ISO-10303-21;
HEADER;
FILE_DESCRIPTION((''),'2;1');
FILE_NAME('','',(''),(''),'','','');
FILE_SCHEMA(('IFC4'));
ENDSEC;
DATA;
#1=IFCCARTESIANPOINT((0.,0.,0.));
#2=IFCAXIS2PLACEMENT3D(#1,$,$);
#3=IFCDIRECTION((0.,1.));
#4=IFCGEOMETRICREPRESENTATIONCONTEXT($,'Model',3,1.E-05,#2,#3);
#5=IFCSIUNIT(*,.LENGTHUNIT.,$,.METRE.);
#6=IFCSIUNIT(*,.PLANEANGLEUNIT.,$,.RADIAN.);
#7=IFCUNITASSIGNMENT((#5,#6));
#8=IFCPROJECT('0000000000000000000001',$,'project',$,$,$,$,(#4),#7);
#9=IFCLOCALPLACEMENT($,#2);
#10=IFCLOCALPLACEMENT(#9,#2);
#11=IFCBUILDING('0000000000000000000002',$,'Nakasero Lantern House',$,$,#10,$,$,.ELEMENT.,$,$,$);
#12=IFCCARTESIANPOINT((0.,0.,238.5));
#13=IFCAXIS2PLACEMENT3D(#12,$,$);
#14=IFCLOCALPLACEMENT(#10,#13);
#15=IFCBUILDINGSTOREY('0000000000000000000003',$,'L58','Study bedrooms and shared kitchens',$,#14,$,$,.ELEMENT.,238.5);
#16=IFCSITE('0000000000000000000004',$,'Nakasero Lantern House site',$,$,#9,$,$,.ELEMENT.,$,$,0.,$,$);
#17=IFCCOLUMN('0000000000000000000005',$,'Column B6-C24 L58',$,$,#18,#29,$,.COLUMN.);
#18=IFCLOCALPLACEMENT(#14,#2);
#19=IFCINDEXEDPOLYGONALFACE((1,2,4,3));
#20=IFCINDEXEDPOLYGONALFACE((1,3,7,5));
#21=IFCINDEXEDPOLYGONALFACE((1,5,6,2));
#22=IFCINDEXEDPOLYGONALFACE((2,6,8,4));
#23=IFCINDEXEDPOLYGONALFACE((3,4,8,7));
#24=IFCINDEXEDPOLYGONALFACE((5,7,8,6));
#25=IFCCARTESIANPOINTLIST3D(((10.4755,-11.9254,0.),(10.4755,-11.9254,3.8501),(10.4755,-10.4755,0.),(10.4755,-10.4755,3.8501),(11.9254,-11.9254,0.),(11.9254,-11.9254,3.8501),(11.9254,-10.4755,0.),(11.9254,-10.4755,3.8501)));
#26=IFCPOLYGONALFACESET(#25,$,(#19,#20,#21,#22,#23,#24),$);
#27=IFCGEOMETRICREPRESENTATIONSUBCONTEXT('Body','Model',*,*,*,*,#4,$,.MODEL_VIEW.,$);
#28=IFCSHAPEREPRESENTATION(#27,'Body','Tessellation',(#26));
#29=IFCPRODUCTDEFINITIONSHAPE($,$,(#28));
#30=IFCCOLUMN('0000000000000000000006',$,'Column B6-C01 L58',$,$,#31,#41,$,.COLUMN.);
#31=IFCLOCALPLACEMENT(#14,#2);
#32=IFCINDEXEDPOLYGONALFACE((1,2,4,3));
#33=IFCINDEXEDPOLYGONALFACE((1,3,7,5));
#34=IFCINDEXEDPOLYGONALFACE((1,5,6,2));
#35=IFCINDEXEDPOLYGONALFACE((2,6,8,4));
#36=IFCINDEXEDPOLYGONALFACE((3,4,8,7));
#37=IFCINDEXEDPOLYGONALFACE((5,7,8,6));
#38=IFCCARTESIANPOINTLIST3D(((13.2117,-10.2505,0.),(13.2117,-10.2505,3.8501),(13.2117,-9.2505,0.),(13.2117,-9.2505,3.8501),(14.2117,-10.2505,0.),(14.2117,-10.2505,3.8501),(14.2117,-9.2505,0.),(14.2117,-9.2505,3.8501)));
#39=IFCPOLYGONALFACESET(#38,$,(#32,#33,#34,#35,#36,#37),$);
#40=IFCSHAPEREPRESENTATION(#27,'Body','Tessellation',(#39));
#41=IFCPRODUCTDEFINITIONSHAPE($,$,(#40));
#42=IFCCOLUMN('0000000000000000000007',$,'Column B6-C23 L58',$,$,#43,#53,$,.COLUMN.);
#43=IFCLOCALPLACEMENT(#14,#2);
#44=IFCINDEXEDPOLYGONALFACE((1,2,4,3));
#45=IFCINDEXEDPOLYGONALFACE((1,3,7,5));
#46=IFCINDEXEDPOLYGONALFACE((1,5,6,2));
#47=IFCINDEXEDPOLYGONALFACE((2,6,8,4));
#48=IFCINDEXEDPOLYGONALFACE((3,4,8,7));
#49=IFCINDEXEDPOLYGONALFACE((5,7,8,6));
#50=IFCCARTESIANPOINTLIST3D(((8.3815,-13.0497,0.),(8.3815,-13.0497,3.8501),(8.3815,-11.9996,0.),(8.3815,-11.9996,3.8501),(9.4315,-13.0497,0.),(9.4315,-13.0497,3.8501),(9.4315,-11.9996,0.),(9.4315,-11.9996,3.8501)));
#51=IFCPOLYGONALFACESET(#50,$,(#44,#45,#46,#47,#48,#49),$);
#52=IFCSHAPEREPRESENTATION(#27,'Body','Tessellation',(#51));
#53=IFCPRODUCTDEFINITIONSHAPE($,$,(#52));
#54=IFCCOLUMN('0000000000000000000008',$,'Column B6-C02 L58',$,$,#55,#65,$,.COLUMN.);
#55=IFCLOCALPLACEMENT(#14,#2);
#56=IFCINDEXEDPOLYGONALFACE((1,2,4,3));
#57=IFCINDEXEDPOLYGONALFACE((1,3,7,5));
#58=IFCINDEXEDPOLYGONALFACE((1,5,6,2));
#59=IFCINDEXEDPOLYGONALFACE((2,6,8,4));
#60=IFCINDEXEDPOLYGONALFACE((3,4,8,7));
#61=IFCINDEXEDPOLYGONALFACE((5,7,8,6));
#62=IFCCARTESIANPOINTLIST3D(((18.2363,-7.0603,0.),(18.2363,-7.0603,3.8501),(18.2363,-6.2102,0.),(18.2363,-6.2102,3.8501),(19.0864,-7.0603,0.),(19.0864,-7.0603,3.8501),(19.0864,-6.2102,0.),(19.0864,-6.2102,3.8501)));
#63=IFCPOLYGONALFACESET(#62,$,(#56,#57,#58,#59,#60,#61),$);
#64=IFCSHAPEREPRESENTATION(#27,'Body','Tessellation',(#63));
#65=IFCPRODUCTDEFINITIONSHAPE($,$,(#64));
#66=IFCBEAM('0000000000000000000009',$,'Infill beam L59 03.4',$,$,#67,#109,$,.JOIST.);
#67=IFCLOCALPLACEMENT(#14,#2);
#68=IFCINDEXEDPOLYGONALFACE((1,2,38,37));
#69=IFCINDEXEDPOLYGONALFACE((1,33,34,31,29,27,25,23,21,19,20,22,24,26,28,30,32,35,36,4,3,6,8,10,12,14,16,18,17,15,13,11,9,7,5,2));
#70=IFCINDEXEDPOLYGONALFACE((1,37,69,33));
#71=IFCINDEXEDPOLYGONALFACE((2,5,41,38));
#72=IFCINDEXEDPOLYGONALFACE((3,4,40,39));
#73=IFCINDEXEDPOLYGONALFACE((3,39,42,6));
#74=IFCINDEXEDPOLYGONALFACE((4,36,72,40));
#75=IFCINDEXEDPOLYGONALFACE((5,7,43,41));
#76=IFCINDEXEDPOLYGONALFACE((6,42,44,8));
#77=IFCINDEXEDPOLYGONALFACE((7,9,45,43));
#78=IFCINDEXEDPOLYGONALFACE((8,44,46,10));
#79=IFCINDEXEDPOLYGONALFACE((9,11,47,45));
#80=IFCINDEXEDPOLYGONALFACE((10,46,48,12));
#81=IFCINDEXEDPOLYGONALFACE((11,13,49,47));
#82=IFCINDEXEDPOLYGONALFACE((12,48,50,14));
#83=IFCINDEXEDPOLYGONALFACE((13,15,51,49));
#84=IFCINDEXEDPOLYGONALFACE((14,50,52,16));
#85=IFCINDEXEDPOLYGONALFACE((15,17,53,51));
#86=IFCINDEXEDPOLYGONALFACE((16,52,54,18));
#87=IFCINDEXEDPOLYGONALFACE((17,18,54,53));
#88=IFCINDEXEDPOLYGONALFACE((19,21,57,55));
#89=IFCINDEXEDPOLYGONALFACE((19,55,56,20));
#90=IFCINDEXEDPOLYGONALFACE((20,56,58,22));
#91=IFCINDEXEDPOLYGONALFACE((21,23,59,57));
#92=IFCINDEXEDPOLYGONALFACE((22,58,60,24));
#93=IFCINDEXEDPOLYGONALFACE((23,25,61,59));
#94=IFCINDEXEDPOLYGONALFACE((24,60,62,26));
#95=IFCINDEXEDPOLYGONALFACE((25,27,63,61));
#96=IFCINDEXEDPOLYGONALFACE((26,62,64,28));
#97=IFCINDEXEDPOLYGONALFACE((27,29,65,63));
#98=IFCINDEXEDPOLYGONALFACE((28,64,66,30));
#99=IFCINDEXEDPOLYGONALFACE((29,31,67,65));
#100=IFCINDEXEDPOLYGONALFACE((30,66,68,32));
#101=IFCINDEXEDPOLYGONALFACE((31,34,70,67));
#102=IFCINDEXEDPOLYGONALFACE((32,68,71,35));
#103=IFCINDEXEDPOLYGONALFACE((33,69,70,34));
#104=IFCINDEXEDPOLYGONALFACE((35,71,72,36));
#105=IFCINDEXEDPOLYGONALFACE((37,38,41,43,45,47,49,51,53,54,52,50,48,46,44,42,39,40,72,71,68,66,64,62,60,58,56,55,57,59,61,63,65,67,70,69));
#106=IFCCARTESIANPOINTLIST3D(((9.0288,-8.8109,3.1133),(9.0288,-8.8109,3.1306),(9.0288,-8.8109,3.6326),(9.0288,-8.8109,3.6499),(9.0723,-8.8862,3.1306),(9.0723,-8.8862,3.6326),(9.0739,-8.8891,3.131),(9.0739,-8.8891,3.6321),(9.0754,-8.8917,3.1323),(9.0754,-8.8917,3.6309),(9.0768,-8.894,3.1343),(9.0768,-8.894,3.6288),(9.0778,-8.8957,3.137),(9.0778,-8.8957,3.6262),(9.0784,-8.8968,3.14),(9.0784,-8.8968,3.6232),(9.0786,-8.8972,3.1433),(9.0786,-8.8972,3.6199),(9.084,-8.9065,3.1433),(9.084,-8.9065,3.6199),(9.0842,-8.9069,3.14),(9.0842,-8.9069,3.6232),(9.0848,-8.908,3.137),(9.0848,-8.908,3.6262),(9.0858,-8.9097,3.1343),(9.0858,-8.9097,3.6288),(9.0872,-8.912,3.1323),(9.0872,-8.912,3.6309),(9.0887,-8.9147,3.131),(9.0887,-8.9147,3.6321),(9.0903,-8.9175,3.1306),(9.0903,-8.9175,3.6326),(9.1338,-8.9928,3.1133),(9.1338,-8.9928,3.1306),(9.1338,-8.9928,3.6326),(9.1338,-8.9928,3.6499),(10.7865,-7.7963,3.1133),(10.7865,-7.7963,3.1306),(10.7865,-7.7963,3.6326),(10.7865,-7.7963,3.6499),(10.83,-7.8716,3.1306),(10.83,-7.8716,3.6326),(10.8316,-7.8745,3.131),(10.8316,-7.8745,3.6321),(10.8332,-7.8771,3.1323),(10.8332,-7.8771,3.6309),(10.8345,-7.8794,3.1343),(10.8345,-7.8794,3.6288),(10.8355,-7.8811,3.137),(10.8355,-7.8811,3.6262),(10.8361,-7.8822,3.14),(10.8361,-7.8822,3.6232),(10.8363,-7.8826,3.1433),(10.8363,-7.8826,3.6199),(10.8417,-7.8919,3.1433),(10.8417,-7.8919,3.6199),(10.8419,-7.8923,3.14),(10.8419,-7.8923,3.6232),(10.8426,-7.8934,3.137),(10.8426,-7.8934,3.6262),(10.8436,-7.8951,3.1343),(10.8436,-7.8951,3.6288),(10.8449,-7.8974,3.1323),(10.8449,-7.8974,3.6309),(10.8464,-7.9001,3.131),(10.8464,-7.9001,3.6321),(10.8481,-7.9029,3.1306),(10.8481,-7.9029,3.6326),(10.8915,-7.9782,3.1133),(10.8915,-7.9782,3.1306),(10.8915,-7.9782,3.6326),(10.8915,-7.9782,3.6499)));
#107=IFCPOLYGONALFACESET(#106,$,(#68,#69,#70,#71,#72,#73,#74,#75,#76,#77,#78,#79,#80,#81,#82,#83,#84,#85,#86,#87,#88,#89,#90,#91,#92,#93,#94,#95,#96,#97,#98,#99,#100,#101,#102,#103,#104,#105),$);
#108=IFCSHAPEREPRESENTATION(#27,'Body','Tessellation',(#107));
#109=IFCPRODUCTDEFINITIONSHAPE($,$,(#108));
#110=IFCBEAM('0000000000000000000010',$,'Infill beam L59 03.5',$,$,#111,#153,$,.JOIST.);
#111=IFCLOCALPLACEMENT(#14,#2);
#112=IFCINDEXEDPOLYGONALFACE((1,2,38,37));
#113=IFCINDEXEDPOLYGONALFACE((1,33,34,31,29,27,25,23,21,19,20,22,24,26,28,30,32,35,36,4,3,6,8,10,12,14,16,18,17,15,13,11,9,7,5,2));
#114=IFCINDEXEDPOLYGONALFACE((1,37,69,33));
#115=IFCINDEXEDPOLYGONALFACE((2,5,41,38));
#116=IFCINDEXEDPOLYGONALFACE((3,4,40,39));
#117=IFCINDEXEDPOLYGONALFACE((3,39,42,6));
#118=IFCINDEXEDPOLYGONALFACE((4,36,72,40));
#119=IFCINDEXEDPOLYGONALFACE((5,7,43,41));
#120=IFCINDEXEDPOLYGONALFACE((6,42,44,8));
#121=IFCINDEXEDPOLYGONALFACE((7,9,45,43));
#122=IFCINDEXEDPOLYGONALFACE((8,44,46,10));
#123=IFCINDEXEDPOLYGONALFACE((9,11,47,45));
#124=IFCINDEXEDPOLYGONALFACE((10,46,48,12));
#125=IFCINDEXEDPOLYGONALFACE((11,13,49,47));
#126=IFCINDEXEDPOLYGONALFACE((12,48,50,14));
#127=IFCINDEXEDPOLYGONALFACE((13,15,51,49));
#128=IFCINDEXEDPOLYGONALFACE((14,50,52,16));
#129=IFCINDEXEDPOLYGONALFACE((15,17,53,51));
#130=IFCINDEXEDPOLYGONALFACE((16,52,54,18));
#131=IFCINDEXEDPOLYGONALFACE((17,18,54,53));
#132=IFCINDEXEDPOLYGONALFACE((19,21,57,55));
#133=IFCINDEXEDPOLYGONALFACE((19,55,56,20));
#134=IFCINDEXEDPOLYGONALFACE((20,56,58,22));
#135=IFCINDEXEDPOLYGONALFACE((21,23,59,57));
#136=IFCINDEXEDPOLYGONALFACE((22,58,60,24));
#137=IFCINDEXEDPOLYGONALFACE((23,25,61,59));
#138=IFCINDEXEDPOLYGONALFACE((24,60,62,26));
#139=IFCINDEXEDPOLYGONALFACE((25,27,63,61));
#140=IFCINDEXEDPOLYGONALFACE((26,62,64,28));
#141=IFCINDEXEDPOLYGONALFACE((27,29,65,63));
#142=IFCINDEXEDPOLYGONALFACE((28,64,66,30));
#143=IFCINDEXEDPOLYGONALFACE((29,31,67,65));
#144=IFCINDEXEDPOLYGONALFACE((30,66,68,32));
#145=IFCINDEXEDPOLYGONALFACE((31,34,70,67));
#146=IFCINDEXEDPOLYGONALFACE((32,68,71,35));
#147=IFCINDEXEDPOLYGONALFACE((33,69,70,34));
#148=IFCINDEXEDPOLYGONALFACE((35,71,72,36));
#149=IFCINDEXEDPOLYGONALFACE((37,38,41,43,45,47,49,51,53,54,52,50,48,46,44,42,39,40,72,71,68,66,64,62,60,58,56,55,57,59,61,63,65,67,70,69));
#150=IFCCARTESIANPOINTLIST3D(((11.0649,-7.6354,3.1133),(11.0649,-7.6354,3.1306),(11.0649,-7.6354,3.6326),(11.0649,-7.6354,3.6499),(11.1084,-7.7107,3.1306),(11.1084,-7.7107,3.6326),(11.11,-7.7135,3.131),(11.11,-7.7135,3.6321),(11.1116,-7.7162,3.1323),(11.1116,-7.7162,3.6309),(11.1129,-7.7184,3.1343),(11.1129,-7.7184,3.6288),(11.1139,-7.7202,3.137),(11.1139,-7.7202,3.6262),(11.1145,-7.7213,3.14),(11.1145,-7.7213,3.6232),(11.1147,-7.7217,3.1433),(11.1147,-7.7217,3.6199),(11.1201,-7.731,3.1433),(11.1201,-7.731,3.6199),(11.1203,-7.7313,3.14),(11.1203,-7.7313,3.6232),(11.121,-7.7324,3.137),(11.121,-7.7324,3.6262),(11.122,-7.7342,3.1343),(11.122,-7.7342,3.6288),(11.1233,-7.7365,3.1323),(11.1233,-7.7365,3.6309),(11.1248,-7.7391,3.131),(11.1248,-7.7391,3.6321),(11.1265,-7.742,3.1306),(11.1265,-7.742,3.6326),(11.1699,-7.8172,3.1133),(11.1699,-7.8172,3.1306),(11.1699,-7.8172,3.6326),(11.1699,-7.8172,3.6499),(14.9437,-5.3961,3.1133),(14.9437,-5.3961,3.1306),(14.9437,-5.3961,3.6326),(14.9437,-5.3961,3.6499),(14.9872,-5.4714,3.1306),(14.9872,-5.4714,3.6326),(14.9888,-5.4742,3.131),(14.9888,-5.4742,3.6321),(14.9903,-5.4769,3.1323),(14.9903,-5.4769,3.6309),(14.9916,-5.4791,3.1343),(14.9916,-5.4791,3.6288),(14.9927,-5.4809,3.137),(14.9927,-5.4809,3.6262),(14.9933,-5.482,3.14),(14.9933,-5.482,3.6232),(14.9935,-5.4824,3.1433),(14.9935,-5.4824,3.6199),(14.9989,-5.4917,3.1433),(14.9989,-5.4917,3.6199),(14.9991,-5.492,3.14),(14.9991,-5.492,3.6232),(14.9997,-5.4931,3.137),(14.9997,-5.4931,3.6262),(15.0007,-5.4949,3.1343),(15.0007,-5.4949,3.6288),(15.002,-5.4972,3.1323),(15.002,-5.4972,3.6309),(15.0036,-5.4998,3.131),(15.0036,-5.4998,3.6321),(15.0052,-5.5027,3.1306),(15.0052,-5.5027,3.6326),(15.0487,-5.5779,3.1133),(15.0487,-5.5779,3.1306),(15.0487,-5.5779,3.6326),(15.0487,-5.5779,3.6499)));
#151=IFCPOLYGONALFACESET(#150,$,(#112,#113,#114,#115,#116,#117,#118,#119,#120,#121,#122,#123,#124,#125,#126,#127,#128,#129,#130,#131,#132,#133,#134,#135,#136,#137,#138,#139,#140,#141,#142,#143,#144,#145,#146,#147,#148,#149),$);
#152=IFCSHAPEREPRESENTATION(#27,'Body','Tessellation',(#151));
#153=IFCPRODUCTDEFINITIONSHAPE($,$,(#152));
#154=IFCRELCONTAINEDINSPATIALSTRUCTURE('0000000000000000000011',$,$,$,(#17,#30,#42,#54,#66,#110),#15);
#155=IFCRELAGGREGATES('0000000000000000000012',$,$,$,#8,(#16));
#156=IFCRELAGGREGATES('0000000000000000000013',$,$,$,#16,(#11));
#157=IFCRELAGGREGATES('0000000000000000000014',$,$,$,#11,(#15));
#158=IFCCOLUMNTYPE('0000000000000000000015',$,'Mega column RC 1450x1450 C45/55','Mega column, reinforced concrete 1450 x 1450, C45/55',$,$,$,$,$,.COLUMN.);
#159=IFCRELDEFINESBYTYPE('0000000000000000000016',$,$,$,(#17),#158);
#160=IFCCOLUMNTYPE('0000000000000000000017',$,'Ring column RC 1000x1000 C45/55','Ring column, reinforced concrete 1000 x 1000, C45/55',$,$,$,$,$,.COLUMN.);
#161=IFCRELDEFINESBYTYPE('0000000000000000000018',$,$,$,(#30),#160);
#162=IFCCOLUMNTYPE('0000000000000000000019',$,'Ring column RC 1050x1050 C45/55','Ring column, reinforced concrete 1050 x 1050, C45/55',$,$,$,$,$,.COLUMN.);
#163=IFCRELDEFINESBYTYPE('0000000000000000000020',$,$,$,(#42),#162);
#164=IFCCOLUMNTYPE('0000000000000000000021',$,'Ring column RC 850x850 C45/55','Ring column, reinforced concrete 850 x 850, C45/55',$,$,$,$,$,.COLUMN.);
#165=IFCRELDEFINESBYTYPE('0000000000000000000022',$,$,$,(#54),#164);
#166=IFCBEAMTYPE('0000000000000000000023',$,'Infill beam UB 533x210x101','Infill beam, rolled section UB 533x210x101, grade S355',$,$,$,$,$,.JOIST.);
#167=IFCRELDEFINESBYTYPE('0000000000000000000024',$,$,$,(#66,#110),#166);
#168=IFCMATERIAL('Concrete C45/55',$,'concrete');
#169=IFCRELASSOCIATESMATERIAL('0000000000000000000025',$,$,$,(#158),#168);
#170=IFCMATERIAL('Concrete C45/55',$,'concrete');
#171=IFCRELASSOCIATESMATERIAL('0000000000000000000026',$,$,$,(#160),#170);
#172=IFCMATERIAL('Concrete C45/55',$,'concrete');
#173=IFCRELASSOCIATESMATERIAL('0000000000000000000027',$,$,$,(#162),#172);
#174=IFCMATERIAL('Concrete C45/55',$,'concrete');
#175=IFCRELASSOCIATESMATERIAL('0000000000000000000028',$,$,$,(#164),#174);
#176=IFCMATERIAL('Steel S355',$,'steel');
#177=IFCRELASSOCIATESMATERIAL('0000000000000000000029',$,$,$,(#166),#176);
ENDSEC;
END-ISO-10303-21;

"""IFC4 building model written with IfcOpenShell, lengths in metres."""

from ifc_helpers import new_model, si_unit, direction, frame, origin, origin_2d, place, context, subcontext, project, spatial, rectangle, i_section, extrude, material, material_profile, profile_set, type_object, element, save


model = new_model("IFC4")

# Units and contexts
model_context = context("Model", 3, precision=1e-05, world=origin(), true_north=direction((0.0, 1.0)))
body_context = subcontext(model_context, "Body", "Model", "MODEL_VIEW")
ifc_project = project(units=[si_unit("LENGTHUNIT", "METRE"), si_unit("PLANEANGLEUNIT", "RADIAN")], contexts=[model_context])

# Site, building, storey
site_placement = place(None, origin())
site = spatial("IfcSite", under=ifc_project, at=site_placement, Name="Nakasero Lantern House site", CompositionType="ELEMENT", RefElevation=0.0)
building_placement = place(site_placement, origin())
building = spatial("IfcBuilding", under=site, at=building_placement, Name="Nakasero Lantern House", CompositionType="ELEMENT")
storey_placement = place(building_placement, frame((0.0, 0.0, 238.5)))
storey = spatial("IfcBuildingStorey", under=building, at=storey_placement, Name="L58", Description="Study bedrooms and shared kitchens", CompositionType="ELEMENT", Elevation=238.5)

# Columns
ifc_material_1 = material(Name="Concrete C45/55", Category="concrete")
ifc_material_profile_1 = material_profile(ifc_material_1, rectangle(XDim=1.45, YDim=1.45, at=origin_2d()), Name="RC 1450x1450")
ifc_profile_set_1 = profile_set([ifc_material_profile_1], Name="Concrete C45/55")
column_type_1 = type_object("IfcColumnType", Name="Mega column RC 1450x1450 C45/55", Description="Mega column, reinforced concrete 1450 x 1450, C45/55", PredefinedType="COLUMN", material=ifc_profile_set_1)
column_1_placement = place(storey_placement, frame((11.2004, -11.2004, 0.0), z_axis=(0.0, 0.0, 1.0), x_axis=(1.0, 0.0, 0.0)))
element("IfcColumn", 1, at=column_1_placement, inside=storey, type_object=column_type_1, Name="Column B6-C24 L58", PredefinedType="COLUMN", context=body_context, shape_type="SweptSolid", body=[
    extrude(rectangle(XDim=1.45, YDim=1.45, at=origin_2d()), origin(), (0.0, 0.0, 1.0), 3.8501),
])
ifc_material_2 = material(Name="Concrete C45/55", Category="concrete")
ifc_material_profile_2 = material_profile(ifc_material_2, rectangle(XDim=1.0, YDim=1.0, at=origin_2d()), Name="RC 1000x1000")
ifc_profile_set_2 = profile_set([ifc_material_profile_2], Name="Concrete C45/55")
column_type_2 = type_object("IfcColumnType", Name="Ring column RC 1000x1000 C45/55", Description="Ring column, reinforced concrete 1000 x 1000, C45/55", PredefinedType="COLUMN", material=ifc_profile_set_2)
column_2_placement = place(storey_placement, frame((13.7117, -9.7505, 0.0), z_axis=(0.0, 0.0, 1.0), x_axis=(1.0, 0.0, 0.0)))
element("IfcColumn", 2, at=column_2_placement, inside=storey, type_object=column_type_2, Name="Column B6-C01 L58", PredefinedType="COLUMN", context=body_context, shape_type="SweptSolid", body=[
    extrude(rectangle(XDim=1.0, YDim=1.0, at=origin_2d()), origin(), (0.0, 0.0, 1.0), 3.8501),
])
ifc_material_3 = material(Name="Concrete C45/55", Category="concrete")
ifc_material_profile_3 = material_profile(ifc_material_3, rectangle(XDim=1.05, YDim=1.05, at=origin_2d()), Name="RC 1050x1050")
ifc_profile_set_3 = profile_set([ifc_material_profile_3], Name="Concrete C45/55")
column_type_3 = type_object("IfcColumnType", Name="Ring column RC 1050x1050 C45/55", Description="Ring column, reinforced concrete 1050 x 1050, C45/55", PredefinedType="COLUMN", material=ifc_profile_set_3)
column_3_placement = place(storey_placement, frame((8.9065, -12.5247, 0.0), z_axis=(0.0, 0.0, 1.0), x_axis=(1.0, 0.0, 0.0)))
element("IfcColumn", 3, at=column_3_placement, inside=storey, type_object=column_type_3, Name="Column B6-C23 L58", PredefinedType="COLUMN", context=body_context, shape_type="SweptSolid", body=[
    extrude(rectangle(XDim=1.05, YDim=1.05, at=origin_2d()), origin(), (0.0, 0.0, 1.0), 3.8501),
])
ifc_material_4 = material(Name="Concrete C45/55", Category="concrete")
ifc_material_profile_4 = material_profile(ifc_material_4, rectangle(XDim=0.8501, YDim=0.8501, at=origin_2d()), Name="RC 850x850")
ifc_profile_set_4 = profile_set([ifc_material_profile_4], Name="Concrete C45/55")
column_type_4 = type_object("IfcColumnType", Name="Ring column RC 850x850 C45/55", Description="Ring column, reinforced concrete 850 x 850, C45/55", PredefinedType="COLUMN", material=ifc_profile_set_4)
column_4_placement = place(storey_placement, frame((18.6614, -6.6353, 0.0), z_axis=(0.0, 0.0, 1.0), x_axis=(1.0, 0.0, 0.0)))
element("IfcColumn", 4, at=column_4_placement, inside=storey, type_object=column_type_4, Name="Column B6-C02 L58", PredefinedType="COLUMN", context=body_context, shape_type="SweptSolid", body=[
    extrude(rectangle(XDim=0.8501, YDim=0.8501, at=origin_2d()), origin(), (0.0, 0.0, 1.0), 3.8501),
])

# Beams
ifc_material_5 = material(Name="Steel S355", Category="steel")
ifc_material_profile_5 = material_profile(ifc_material_5, i_section(OverallWidth=0.21, OverallDepth=0.5366, WebThickness=0.0107, FlangeThickness=0.0173, FilletRadius=0.0127, at=origin_2d()), Name="UB 533x210x101")
ifc_profile_set_5 = profile_set([ifc_material_profile_5], Name="Steel S355")
beam_type_1 = type_object("IfcBeamType", Name="Infill beam UB 533x210x101", Description="Infill beam, rolled section UB 533x210x101, grade S355", PredefinedType="JOIST", material=ifc_profile_set_5)
beam_1_placement = place(storey_placement, frame((9.0813, -8.9019, 3.3816), z_axis=(0.866073, 0.499917, 0.0), x_axis=(-0.499917, 0.866073, 0.0)))
element("IfcBeam", 5, at=beam_1_placement, inside=storey, type_object=beam_type_1, Name="Infill beam L59 03.4", PredefinedType="JOIST", context=body_context, shape_type="SweptSolid", body=[
    extrude(i_section(OverallWidth=0.21, OverallDepth=0.5366, WebThickness=0.0107, FlangeThickness=0.0173, FilletRadius=0.0127, at=origin_2d()), origin(), (0.0, 0.0, 1.0), 2.0295),
])
beam_2_placement = place(storey_placement, frame((11.1174, -7.7263, 3.3816), z_axis=(0.866034, 0.499985, 0.0), x_axis=(-0.499985, 0.866034, 0.0)))
element("IfcBeam", 6, at=beam_2_placement, inside=storey, type_object=beam_type_1, Name="Infill beam L59 03.5", PredefinedType="JOIST", context=body_context, shape_type="SweptSolid", body=[
    extrude(i_section(OverallWidth=0.21, OverallDepth=0.5366, WebThickness=0.0107, FlangeThickness=0.0173, FilletRadius=0.0127, at=origin_2d()), origin(), (0.0, 0.0, 1.0), 4.4788),
])

save(model, "model.ifc")
